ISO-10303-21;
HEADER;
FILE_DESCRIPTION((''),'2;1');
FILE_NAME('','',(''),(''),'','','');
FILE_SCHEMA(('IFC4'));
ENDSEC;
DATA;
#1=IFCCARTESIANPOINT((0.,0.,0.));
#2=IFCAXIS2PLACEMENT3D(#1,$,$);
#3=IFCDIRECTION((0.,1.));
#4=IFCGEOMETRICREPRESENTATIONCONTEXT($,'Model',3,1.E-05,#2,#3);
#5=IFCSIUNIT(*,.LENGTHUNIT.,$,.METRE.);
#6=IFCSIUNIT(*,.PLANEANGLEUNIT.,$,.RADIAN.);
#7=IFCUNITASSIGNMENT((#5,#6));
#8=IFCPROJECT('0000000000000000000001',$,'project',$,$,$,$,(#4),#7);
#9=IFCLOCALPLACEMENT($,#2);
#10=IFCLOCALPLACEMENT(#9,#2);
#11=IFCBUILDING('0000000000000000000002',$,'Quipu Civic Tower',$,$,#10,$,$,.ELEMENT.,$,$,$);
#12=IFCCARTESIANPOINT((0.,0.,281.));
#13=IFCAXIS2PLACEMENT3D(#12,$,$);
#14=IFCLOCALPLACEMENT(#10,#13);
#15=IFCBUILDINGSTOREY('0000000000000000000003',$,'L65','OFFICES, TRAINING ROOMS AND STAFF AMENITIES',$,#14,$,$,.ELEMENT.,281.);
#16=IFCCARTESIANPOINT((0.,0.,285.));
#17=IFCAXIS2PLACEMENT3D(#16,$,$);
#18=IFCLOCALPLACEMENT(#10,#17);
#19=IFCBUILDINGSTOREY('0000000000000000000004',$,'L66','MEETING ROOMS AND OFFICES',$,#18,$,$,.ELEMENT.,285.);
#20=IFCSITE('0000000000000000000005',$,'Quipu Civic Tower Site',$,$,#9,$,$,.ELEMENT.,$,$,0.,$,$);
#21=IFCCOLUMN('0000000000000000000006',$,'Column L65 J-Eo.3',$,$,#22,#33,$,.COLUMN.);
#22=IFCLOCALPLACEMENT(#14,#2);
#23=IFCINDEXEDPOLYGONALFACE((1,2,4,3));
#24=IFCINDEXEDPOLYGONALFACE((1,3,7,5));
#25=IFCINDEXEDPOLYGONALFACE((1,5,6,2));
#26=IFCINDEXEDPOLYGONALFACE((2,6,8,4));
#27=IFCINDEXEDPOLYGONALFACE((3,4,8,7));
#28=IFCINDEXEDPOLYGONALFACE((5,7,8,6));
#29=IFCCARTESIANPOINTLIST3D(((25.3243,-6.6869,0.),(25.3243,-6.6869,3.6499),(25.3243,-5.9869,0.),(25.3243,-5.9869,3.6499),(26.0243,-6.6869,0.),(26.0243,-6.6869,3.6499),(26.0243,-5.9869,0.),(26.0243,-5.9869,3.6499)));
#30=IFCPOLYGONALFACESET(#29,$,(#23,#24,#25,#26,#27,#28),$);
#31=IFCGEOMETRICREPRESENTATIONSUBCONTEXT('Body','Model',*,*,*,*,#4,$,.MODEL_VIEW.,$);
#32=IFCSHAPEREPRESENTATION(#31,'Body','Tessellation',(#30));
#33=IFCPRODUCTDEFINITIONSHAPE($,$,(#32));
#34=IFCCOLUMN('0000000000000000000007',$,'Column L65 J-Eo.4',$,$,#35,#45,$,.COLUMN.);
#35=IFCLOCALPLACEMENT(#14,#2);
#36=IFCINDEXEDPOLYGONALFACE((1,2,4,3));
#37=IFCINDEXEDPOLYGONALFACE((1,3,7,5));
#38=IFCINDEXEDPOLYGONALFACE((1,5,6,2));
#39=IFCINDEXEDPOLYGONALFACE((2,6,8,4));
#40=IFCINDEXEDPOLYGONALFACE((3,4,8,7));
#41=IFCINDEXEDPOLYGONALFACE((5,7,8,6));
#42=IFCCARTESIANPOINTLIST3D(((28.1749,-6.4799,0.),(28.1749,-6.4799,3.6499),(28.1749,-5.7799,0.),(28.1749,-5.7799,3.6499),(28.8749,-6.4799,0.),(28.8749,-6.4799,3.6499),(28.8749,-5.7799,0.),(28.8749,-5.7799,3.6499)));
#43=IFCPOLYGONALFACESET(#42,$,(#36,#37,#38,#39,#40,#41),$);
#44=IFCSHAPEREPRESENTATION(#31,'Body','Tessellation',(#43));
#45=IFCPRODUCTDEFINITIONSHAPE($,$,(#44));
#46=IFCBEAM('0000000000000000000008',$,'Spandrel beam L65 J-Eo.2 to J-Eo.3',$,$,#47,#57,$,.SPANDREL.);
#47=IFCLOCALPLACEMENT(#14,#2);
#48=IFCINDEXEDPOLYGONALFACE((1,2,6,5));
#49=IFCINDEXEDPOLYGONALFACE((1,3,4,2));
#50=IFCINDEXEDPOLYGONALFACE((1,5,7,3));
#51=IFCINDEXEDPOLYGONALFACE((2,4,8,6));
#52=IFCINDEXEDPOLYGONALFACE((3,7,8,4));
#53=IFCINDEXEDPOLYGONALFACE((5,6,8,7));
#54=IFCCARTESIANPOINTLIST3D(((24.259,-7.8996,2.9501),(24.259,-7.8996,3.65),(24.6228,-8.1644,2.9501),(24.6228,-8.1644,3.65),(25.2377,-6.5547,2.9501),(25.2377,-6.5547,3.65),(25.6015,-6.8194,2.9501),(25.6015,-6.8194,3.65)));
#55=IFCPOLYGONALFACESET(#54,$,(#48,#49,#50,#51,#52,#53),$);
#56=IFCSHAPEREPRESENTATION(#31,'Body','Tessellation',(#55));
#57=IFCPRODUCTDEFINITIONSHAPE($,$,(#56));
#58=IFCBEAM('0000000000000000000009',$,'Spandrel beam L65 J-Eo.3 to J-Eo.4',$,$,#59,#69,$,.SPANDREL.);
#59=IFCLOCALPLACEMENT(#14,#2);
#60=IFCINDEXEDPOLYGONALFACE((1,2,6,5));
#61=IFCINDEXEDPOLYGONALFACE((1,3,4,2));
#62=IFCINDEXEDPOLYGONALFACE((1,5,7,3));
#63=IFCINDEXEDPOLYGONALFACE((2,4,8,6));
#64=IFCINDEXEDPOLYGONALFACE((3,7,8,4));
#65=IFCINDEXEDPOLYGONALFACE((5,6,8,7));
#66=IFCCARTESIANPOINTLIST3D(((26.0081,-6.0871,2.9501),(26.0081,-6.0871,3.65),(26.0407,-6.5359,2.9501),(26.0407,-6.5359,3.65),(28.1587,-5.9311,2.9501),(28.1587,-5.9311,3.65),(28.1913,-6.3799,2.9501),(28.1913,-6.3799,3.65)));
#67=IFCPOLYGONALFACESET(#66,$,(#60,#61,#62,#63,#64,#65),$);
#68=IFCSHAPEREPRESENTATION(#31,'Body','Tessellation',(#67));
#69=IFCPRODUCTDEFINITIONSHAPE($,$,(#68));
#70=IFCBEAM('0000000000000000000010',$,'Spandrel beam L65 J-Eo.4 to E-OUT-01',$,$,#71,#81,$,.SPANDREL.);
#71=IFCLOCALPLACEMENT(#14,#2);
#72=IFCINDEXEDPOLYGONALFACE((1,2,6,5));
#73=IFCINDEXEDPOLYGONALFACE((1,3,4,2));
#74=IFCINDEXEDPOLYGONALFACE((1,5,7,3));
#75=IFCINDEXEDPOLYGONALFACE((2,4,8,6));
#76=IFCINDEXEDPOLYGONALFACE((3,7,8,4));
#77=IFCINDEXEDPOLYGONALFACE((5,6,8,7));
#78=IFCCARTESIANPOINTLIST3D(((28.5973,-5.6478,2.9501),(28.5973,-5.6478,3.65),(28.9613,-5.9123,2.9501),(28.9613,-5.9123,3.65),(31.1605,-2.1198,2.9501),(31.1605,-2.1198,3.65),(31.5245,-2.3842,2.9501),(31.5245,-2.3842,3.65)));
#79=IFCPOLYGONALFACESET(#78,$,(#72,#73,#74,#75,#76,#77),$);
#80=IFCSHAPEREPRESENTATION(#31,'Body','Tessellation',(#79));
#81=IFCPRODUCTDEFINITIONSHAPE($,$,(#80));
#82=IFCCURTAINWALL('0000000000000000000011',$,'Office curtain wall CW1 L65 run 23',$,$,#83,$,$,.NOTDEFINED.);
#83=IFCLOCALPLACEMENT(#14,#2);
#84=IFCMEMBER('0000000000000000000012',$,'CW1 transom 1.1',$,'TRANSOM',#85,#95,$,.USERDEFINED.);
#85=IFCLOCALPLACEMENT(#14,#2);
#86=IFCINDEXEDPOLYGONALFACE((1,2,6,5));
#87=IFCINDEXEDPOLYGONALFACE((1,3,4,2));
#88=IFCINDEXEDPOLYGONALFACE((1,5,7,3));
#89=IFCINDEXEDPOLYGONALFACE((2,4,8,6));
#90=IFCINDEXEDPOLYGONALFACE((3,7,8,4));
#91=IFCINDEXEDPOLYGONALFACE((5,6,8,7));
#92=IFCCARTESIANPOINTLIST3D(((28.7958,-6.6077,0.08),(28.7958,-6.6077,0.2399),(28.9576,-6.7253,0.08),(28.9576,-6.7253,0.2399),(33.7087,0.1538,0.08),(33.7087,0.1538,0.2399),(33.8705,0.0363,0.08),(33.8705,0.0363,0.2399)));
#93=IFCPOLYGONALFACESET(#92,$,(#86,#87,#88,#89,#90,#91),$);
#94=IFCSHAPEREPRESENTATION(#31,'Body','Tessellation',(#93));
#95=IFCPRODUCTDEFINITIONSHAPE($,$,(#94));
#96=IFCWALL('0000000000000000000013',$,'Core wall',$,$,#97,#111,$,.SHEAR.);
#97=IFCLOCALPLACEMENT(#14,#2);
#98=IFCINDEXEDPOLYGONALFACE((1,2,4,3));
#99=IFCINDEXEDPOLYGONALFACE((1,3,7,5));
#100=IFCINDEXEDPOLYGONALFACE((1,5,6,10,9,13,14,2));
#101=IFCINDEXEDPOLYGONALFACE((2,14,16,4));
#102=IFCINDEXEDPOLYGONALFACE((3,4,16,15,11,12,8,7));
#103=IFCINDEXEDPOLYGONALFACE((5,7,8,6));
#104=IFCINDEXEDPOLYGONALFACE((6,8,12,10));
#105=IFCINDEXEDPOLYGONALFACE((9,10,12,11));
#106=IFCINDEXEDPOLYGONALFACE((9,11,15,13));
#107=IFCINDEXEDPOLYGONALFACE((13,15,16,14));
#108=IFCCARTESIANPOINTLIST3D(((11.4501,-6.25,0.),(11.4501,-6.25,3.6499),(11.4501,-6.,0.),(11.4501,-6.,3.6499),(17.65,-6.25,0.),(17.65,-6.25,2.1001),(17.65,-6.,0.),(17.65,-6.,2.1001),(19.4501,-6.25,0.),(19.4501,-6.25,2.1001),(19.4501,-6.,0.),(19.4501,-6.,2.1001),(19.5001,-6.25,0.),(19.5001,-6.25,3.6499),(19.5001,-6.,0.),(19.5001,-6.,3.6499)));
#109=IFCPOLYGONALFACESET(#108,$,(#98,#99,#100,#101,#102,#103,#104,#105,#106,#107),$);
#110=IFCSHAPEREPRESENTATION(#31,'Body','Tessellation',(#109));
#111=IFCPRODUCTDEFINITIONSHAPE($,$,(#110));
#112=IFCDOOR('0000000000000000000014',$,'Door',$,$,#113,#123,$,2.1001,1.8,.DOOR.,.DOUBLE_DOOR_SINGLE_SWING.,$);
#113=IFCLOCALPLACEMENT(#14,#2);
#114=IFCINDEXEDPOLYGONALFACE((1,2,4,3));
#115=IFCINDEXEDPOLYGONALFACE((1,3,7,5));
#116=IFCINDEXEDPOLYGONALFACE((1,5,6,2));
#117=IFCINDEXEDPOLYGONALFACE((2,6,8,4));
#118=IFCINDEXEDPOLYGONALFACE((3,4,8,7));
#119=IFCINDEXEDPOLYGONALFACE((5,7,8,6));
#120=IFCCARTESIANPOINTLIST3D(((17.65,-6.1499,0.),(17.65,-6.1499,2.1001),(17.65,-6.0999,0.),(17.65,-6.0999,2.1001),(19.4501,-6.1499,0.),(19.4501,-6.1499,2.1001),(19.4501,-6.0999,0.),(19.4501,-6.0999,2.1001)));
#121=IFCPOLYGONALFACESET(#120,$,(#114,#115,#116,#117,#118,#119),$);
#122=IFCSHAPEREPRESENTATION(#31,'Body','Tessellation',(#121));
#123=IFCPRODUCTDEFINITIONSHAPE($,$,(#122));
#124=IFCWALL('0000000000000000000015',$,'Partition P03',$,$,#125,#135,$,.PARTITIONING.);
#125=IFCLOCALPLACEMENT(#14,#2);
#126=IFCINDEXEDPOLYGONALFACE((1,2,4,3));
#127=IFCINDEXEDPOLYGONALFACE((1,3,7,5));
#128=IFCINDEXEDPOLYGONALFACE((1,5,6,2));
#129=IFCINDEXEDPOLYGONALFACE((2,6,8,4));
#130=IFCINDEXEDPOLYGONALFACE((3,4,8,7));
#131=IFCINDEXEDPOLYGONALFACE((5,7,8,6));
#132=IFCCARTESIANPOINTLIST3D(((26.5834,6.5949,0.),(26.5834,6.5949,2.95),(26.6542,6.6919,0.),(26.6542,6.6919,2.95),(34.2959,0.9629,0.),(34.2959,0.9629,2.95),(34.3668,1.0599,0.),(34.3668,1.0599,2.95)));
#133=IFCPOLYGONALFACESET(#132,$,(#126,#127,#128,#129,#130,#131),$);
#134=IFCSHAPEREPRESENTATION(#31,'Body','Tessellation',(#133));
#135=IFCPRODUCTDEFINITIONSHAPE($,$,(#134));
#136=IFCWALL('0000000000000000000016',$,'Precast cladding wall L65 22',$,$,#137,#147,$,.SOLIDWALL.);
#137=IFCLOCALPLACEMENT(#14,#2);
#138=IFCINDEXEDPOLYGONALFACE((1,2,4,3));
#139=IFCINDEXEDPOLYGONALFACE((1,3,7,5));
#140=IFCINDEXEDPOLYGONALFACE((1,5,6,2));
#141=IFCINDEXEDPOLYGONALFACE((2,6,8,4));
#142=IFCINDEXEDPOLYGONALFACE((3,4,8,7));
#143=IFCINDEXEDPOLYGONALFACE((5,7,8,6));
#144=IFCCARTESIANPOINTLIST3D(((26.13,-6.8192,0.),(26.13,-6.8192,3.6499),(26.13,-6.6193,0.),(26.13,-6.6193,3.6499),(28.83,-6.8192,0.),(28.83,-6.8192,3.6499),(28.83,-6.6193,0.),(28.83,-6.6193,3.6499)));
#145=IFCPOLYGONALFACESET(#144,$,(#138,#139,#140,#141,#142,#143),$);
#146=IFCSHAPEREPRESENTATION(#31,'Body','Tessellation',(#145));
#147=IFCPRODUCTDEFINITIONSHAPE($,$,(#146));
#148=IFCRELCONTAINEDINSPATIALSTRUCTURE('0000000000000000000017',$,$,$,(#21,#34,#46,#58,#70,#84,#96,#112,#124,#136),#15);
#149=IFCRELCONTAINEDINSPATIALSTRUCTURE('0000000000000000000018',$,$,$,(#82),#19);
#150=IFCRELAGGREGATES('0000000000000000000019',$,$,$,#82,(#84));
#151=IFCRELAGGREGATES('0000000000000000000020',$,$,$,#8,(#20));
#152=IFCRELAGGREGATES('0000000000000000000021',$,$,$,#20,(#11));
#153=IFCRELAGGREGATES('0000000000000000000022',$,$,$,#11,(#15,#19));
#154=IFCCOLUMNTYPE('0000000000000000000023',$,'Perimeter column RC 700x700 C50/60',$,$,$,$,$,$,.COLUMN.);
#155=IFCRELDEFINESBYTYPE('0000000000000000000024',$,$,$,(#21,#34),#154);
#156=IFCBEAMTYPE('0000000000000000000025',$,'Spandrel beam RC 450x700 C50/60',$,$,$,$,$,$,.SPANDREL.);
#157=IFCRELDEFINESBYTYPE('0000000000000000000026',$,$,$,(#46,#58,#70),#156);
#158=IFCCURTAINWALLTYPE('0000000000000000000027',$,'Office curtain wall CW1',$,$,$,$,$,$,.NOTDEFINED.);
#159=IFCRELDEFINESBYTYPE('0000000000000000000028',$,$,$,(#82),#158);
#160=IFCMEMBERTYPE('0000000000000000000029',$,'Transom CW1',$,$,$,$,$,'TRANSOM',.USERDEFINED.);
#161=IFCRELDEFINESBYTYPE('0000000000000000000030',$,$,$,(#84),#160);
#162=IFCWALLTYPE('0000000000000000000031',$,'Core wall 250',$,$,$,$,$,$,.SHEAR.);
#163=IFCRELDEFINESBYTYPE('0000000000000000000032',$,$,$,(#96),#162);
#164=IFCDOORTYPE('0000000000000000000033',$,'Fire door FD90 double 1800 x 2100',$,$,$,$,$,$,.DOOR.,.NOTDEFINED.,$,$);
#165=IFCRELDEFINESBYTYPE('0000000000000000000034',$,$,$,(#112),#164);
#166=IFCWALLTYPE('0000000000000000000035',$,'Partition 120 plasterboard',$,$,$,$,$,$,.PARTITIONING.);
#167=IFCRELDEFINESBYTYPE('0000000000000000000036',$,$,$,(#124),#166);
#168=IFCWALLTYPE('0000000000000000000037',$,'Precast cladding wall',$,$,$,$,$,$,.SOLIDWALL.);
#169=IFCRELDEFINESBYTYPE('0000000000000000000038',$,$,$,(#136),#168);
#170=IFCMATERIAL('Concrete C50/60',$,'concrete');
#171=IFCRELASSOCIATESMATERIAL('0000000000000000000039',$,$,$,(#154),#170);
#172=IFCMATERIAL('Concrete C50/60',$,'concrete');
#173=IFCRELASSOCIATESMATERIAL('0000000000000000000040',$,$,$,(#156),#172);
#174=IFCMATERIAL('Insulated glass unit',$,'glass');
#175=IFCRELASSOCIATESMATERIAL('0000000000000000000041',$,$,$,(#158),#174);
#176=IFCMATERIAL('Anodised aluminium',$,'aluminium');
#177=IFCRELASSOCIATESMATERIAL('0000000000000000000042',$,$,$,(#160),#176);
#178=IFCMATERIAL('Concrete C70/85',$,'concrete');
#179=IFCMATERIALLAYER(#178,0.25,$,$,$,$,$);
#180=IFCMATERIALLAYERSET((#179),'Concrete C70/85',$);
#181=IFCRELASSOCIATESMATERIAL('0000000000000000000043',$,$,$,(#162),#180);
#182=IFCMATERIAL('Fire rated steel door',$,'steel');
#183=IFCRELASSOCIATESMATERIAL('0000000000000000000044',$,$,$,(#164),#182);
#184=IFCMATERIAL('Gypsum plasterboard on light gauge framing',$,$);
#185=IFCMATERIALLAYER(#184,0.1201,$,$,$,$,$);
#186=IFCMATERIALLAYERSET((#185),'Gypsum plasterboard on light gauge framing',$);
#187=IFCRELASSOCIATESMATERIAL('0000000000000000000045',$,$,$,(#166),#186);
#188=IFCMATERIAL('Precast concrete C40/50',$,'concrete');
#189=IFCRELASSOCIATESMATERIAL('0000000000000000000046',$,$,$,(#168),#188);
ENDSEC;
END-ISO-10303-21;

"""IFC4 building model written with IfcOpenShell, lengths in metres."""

from ifc_helpers import new_model, si_unit, direction, frame, frame_2d, origin, origin_2d, place, context, subcontext, project, spatial, rectangle, extrude, material, layer, layer_set, material_profile, profile_set, type_object, element, fill, aggregate, save


model = new_model("IFC4")

# Units and contexts
model_context = context("Model", 3, precision=1e-05, world=origin(), true_north=direction((0.0, 1.0)))
body_context = subcontext(model_context, "Body", "Model", "MODEL_VIEW")
ifc_project = project(units=[si_unit("LENGTHUNIT", "METRE"), si_unit("PLANEANGLEUNIT", "RADIAN")], contexts=[model_context])

# Site, building, storey
site_placement = place(None, origin())
site = spatial("IfcSite", under=ifc_project, at=site_placement, Name="Quipu Civic Tower Site", CompositionType="ELEMENT", RefElevation=0.0)
building_placement = place(site_placement, origin())
building = spatial("IfcBuilding", under=site, at=building_placement, Name="Quipu Civic Tower", CompositionType="ELEMENT")
storey_1_placement = place(building_placement, frame((0.0, 0.0, 281.0)))
storey_1 = spatial("IfcBuildingStorey", under=building, at=storey_1_placement, Name="L65", Description="OFFICES, TRAINING ROOMS AND STAFF AMENITIES", CompositionType="ELEMENT", Elevation=281.0)

# Columns
ifc_material_1 = material(Name="Concrete C50/60", Category="concrete")
ifc_material_profile_1 = material_profile(ifc_material_1, rectangle(XDim=0.7, YDim=0.7, at=origin_2d()), Name="RC700x700")
ifc_profile_set_1 = profile_set([ifc_material_profile_1], Name="Concrete C50/60")
column_type = type_object("IfcColumnType", Name="Perimeter column RC 700x700 C50/60", PredefinedType="COLUMN", material=ifc_profile_set_1)
for number, where, z_axis, x_axis, name in (
    (1, (25.6743, -6.3369, 0.0), (0.0, 0.0, 1.0), (1.0, 0.0, 0.0), "Column L65 J-Eo.3"),
    (2, (28.5249, -6.1299, 0.0), (0.0, 0.0, 1.0), (1.0, 0.0, 0.0), "Column L65 J-Eo.4"),
):
    element("IfcColumn", number, at=place(storey_1_placement, frame(where, z_axis=z_axis, x_axis=x_axis)), inside=storey_1, type_object=column_type, Name=name, PredefinedType="COLUMN", context=body_context, shape_type="SweptSolid", body=[
        extrude(rectangle(XDim=0.7, YDim=0.7, at=origin_2d()), origin(), (0.0, 0.0, 1.0), 3.6499),
    ])

# Beams
ifc_material_2 = material(Name="Concrete C50/60", Category="concrete")
ifc_material_profile_2 = material_profile(ifc_material_2, rectangle(XDim=0.45, YDim=0.7, at=origin_2d()), Name="RC450x700")
ifc_profile_set_2 = profile_set([ifc_material_profile_2], Name="Concrete C50/60")
beam_type = type_object("IfcBeamType", Name="Spandrel beam RC 450x700 C50/60", PredefinedType="SPANDREL", material=ifc_profile_set_2)
beam_1_placement = place(storey_1_placement, frame((24.4409, -8.032, 3.3), z_axis=(0.588407, 0.808565, 0.0), x_axis=(-0.808565, 0.588407, 0.0)))
element("IfcBeam", 3, at=beam_1_placement, inside=storey_1, type_object=beam_type, Name="Spandrel beam L65 J-Eo.2 to J-Eo.3", PredefinedType="SPANDREL", context=body_context, shape_type="SweptSolid", body=[
    extrude(rectangle(XDim=0.45, YDim=0.7, at=origin_2d()), origin(), (0.0, 0.0, 1.0), 1.6633),
])
beam_2_placement = place(storey_1_placement, frame((26.0244, -6.3115, 3.3), z_axis=(0.997379, 0.072349, 0.0), x_axis=(-0.072349, 0.997379, 0.0)))
element("IfcBeam", 4, at=beam_2_placement, inside=storey_1, type_object=beam_type, Name="Spandrel beam L65 J-Eo.3 to J-Eo.4", PredefinedType="SPANDREL", context=body_context, shape_type="SweptSolid", body=[
    extrude(rectangle(XDim=0.45, YDim=0.7, at=origin_2d()), origin(), (0.0, 0.0, 1.0), 2.1562),
])
beam_3_placement = place(storey_1_placement, frame((28.7793, -5.78, 3.3), z_axis=(0.587776, 0.809024, 0.0), x_axis=(-0.809024, 0.587776, 0.0)))
element("IfcBeam", 5, at=beam_3_placement, inside=storey_1, type_object=beam_type, Name="Spandrel beam L65 J-Eo.4 to E-OUT-01", PredefinedType="SPANDREL", context=body_context, shape_type="SweptSolid", body=[
    extrude(rectangle(XDim=0.45, YDim=0.7, at=origin_2d()), origin(), (0.0, 0.0, 1.0), 4.3608),
])

# Shared definitions
storey_2_placement = place(building_placement, frame((0.0, 0.0, 285.0)))
storey_2 = spatial("IfcBuildingStorey", under=building, at=storey_2_placement, Name="L66", Description="MEETING ROOMS AND OFFICES", CompositionType="ELEMENT", Elevation=285.0)

# Curtain wall, member
ifc_material_3 = material(Name="Insulated glass unit", Category="glass")
curtain_wall_type = type_object("IfcCurtainWallType", Name="Office curtain wall CW1", PredefinedType="NOTDEFINED", material=ifc_material_3)
curtain_wall_placement = place(storey_2_placement, origin())
curtain_wall = element("IfcCurtainWall", 6, at=curtain_wall_placement, inside=storey_2, type_object=curtain_wall_type, Name="Office curtain wall CW1 L65 run 23", PredefinedType="NOTDEFINED")
ifc_material_4 = material(Name="Anodised aluminium", Category="aluminium")
ifc_material_profile_3 = material_profile(ifc_material_4, rectangle(XDim=0.2, YDim=0.1599, at=origin_2d()), Name="RECT 200x160")
ifc_profile_set_3 = profile_set([ifc_material_profile_3], Name="Anodised aluminium")
member_type = type_object("IfcMemberType", Name="Transom CW1", ElementType="TRANSOM", PredefinedType="USERDEFINED", material=ifc_profile_set_3)
member_placement = place(storey_1_placement, frame((28.8767, -6.6665, 0.1599), z_axis=(0.587812, 0.808997, 0.0), x_axis=(-0.808997, 0.587812, 0.0)))
member = element("IfcMember", 7, at=member_placement, inside=storey_1, type_object=member_type, Name="CW1 transom 1.1", ObjectType="TRANSOM", PredefinedType="USERDEFINED", context=body_context, shape_type="SweptSolid", body=[
    extrude(rectangle(XDim=0.2, YDim=0.1599, at=origin_2d()), origin(), (0.0, 0.0, 1.0), 8.3579),
])
aggregate(curtain_wall, [member])

# Wall, opening, door
ifc_material_5 = material(Name="Concrete C70/85", Category="concrete")
ifc_layer_1 = layer(ifc_material_5, 0.25)
ifc_layer_set_1 = layer_set([ifc_layer_1], Name="Concrete C70/85")
wall_type_1 = type_object("IfcWallType", Name="Core wall 250", PredefinedType="SHEAR", material=ifc_layer_set_1)
wall_1_placement = place(storey_1_placement, frame((19.5, -6.125, 0.0), z_axis=(0.0, 0.0, 1.0), x_axis=(-1.0, 0.0, 0.0)))
wall_1 = element("IfcWall", 8, at=wall_1_placement, inside=storey_1, type_object=wall_type_1, Name="Core wall", PredefinedType="SHEAR", context=body_context, shape_type="SweptSolid", body=[
    extrude(rectangle(XDim=8.05, YDim=0.25, at=frame_2d((4.0249, 0.0))), origin(), (0.0, 0.0, 1.0), 3.6499),
])
opening_1_placement = place(wall_1_placement, frame((0.05, 0.0, 0.0)))
opening_1 = element("IfcOpeningElement", 9, at=opening_1_placement, cuts=wall_1, PredefinedType="OPENING", context=body_context, shape_type="SweptSolid", body=[
    extrude(rectangle(XDim=1.8, YDim=2.1001, at=frame_2d((0.8999, 1.05))), frame((0.0, 0.135, 0.0), z_axis=(0.0, -1.0, 0.0), x_axis=(1.0, 0.0, 0.0)), (0.0, 0.0, 1.0), 0.27),
])
ifc_material_6 = material(Name="Fire rated steel door", Category="steel")
door_type_1 = type_object("IfcDoorType", Name="Fire door FD90 double 1800 x 2100", OperationType="NOTDEFINED", PredefinedType="DOOR", material=ifc_material_6)
door_1_placement = place(opening_1_placement, origin())
door_1 = element("IfcDoor", 10, at=door_1_placement, inside=storey_1, type_object=door_type_1, Name="Door", OperationType="DOUBLE_DOOR_SINGLE_SWING", OverallHeight=2.1001, OverallWidth=1.8, PredefinedType="DOOR", context=body_context, shape_type="SweptSolid", body=[
    extrude(rectangle(XDim=1.8, YDim=2.1001, at=frame_2d((0.8999, 1.05))), frame((0.0, 0.0249, 0.0), z_axis=(0.0, -1.0, 0.0), x_axis=(1.0, 0.0, 0.0)), (0.0, 0.0, 1.0), 0.05),
])
fill(opening_1, door_1)

# Walls
ifc_material_7 = material(Name="Gypsum plasterboard on light gauge framing")
ifc_layer_2 = layer(ifc_material_7, 0.1201)
ifc_layer_set_2 = layer_set([ifc_layer_2], Name="Gypsum plasterboard on light gauge framing")
wall_type_2 = type_object("IfcWallType", Name="Partition 120 plasterboard", PredefinedType="PARTITIONING", material=ifc_layer_set_2)
wall_2_placement = place(storey_1_placement, frame((26.6189, 6.6433, 0.0), z_axis=(0.0, 0.0, 1.0), x_axis=(0.807595, -0.589738, 0.0)))
element("IfcWall", 11, at=wall_2_placement, inside=storey_1, type_object=wall_type_2, Name="Partition P03", PredefinedType="PARTITIONING", context=body_context, shape_type="SweptSolid", body=[
    extrude(rectangle(XDim=9.55, YDim=0.1201, at=frame_2d((4.7749, 0.0))), origin(), (0.0, 0.0, 1.0), 2.95),
])
ifc_material_8 = material(Name="Precast concrete C40/50", Category="concrete")
wall_type_3 = type_object("IfcWallType", Name="Precast cladding wall", PredefinedType="SOLIDWALL", material=ifc_material_8)
wall_3_placement = place(storey_1_placement, frame((26.1299, -6.7192, 0.0), z_axis=(0.0, 0.0, 1.0), x_axis=(1.0, 0.0, 0.0)))
element("IfcWall", 12, at=wall_3_placement, inside=storey_1, type_object=wall_type_3, Name="Precast cladding wall L65 22", PredefinedType="SOLIDWALL", context=body_context, shape_type="SweptSolid", body=[
    extrude(rectangle(XDim=2.7, YDim=0.2, at=frame_2d((1.3501, 0.0))), origin(), (0.0, 0.0, 1.0), 3.6499),
])

save(model, "model.ifc")
